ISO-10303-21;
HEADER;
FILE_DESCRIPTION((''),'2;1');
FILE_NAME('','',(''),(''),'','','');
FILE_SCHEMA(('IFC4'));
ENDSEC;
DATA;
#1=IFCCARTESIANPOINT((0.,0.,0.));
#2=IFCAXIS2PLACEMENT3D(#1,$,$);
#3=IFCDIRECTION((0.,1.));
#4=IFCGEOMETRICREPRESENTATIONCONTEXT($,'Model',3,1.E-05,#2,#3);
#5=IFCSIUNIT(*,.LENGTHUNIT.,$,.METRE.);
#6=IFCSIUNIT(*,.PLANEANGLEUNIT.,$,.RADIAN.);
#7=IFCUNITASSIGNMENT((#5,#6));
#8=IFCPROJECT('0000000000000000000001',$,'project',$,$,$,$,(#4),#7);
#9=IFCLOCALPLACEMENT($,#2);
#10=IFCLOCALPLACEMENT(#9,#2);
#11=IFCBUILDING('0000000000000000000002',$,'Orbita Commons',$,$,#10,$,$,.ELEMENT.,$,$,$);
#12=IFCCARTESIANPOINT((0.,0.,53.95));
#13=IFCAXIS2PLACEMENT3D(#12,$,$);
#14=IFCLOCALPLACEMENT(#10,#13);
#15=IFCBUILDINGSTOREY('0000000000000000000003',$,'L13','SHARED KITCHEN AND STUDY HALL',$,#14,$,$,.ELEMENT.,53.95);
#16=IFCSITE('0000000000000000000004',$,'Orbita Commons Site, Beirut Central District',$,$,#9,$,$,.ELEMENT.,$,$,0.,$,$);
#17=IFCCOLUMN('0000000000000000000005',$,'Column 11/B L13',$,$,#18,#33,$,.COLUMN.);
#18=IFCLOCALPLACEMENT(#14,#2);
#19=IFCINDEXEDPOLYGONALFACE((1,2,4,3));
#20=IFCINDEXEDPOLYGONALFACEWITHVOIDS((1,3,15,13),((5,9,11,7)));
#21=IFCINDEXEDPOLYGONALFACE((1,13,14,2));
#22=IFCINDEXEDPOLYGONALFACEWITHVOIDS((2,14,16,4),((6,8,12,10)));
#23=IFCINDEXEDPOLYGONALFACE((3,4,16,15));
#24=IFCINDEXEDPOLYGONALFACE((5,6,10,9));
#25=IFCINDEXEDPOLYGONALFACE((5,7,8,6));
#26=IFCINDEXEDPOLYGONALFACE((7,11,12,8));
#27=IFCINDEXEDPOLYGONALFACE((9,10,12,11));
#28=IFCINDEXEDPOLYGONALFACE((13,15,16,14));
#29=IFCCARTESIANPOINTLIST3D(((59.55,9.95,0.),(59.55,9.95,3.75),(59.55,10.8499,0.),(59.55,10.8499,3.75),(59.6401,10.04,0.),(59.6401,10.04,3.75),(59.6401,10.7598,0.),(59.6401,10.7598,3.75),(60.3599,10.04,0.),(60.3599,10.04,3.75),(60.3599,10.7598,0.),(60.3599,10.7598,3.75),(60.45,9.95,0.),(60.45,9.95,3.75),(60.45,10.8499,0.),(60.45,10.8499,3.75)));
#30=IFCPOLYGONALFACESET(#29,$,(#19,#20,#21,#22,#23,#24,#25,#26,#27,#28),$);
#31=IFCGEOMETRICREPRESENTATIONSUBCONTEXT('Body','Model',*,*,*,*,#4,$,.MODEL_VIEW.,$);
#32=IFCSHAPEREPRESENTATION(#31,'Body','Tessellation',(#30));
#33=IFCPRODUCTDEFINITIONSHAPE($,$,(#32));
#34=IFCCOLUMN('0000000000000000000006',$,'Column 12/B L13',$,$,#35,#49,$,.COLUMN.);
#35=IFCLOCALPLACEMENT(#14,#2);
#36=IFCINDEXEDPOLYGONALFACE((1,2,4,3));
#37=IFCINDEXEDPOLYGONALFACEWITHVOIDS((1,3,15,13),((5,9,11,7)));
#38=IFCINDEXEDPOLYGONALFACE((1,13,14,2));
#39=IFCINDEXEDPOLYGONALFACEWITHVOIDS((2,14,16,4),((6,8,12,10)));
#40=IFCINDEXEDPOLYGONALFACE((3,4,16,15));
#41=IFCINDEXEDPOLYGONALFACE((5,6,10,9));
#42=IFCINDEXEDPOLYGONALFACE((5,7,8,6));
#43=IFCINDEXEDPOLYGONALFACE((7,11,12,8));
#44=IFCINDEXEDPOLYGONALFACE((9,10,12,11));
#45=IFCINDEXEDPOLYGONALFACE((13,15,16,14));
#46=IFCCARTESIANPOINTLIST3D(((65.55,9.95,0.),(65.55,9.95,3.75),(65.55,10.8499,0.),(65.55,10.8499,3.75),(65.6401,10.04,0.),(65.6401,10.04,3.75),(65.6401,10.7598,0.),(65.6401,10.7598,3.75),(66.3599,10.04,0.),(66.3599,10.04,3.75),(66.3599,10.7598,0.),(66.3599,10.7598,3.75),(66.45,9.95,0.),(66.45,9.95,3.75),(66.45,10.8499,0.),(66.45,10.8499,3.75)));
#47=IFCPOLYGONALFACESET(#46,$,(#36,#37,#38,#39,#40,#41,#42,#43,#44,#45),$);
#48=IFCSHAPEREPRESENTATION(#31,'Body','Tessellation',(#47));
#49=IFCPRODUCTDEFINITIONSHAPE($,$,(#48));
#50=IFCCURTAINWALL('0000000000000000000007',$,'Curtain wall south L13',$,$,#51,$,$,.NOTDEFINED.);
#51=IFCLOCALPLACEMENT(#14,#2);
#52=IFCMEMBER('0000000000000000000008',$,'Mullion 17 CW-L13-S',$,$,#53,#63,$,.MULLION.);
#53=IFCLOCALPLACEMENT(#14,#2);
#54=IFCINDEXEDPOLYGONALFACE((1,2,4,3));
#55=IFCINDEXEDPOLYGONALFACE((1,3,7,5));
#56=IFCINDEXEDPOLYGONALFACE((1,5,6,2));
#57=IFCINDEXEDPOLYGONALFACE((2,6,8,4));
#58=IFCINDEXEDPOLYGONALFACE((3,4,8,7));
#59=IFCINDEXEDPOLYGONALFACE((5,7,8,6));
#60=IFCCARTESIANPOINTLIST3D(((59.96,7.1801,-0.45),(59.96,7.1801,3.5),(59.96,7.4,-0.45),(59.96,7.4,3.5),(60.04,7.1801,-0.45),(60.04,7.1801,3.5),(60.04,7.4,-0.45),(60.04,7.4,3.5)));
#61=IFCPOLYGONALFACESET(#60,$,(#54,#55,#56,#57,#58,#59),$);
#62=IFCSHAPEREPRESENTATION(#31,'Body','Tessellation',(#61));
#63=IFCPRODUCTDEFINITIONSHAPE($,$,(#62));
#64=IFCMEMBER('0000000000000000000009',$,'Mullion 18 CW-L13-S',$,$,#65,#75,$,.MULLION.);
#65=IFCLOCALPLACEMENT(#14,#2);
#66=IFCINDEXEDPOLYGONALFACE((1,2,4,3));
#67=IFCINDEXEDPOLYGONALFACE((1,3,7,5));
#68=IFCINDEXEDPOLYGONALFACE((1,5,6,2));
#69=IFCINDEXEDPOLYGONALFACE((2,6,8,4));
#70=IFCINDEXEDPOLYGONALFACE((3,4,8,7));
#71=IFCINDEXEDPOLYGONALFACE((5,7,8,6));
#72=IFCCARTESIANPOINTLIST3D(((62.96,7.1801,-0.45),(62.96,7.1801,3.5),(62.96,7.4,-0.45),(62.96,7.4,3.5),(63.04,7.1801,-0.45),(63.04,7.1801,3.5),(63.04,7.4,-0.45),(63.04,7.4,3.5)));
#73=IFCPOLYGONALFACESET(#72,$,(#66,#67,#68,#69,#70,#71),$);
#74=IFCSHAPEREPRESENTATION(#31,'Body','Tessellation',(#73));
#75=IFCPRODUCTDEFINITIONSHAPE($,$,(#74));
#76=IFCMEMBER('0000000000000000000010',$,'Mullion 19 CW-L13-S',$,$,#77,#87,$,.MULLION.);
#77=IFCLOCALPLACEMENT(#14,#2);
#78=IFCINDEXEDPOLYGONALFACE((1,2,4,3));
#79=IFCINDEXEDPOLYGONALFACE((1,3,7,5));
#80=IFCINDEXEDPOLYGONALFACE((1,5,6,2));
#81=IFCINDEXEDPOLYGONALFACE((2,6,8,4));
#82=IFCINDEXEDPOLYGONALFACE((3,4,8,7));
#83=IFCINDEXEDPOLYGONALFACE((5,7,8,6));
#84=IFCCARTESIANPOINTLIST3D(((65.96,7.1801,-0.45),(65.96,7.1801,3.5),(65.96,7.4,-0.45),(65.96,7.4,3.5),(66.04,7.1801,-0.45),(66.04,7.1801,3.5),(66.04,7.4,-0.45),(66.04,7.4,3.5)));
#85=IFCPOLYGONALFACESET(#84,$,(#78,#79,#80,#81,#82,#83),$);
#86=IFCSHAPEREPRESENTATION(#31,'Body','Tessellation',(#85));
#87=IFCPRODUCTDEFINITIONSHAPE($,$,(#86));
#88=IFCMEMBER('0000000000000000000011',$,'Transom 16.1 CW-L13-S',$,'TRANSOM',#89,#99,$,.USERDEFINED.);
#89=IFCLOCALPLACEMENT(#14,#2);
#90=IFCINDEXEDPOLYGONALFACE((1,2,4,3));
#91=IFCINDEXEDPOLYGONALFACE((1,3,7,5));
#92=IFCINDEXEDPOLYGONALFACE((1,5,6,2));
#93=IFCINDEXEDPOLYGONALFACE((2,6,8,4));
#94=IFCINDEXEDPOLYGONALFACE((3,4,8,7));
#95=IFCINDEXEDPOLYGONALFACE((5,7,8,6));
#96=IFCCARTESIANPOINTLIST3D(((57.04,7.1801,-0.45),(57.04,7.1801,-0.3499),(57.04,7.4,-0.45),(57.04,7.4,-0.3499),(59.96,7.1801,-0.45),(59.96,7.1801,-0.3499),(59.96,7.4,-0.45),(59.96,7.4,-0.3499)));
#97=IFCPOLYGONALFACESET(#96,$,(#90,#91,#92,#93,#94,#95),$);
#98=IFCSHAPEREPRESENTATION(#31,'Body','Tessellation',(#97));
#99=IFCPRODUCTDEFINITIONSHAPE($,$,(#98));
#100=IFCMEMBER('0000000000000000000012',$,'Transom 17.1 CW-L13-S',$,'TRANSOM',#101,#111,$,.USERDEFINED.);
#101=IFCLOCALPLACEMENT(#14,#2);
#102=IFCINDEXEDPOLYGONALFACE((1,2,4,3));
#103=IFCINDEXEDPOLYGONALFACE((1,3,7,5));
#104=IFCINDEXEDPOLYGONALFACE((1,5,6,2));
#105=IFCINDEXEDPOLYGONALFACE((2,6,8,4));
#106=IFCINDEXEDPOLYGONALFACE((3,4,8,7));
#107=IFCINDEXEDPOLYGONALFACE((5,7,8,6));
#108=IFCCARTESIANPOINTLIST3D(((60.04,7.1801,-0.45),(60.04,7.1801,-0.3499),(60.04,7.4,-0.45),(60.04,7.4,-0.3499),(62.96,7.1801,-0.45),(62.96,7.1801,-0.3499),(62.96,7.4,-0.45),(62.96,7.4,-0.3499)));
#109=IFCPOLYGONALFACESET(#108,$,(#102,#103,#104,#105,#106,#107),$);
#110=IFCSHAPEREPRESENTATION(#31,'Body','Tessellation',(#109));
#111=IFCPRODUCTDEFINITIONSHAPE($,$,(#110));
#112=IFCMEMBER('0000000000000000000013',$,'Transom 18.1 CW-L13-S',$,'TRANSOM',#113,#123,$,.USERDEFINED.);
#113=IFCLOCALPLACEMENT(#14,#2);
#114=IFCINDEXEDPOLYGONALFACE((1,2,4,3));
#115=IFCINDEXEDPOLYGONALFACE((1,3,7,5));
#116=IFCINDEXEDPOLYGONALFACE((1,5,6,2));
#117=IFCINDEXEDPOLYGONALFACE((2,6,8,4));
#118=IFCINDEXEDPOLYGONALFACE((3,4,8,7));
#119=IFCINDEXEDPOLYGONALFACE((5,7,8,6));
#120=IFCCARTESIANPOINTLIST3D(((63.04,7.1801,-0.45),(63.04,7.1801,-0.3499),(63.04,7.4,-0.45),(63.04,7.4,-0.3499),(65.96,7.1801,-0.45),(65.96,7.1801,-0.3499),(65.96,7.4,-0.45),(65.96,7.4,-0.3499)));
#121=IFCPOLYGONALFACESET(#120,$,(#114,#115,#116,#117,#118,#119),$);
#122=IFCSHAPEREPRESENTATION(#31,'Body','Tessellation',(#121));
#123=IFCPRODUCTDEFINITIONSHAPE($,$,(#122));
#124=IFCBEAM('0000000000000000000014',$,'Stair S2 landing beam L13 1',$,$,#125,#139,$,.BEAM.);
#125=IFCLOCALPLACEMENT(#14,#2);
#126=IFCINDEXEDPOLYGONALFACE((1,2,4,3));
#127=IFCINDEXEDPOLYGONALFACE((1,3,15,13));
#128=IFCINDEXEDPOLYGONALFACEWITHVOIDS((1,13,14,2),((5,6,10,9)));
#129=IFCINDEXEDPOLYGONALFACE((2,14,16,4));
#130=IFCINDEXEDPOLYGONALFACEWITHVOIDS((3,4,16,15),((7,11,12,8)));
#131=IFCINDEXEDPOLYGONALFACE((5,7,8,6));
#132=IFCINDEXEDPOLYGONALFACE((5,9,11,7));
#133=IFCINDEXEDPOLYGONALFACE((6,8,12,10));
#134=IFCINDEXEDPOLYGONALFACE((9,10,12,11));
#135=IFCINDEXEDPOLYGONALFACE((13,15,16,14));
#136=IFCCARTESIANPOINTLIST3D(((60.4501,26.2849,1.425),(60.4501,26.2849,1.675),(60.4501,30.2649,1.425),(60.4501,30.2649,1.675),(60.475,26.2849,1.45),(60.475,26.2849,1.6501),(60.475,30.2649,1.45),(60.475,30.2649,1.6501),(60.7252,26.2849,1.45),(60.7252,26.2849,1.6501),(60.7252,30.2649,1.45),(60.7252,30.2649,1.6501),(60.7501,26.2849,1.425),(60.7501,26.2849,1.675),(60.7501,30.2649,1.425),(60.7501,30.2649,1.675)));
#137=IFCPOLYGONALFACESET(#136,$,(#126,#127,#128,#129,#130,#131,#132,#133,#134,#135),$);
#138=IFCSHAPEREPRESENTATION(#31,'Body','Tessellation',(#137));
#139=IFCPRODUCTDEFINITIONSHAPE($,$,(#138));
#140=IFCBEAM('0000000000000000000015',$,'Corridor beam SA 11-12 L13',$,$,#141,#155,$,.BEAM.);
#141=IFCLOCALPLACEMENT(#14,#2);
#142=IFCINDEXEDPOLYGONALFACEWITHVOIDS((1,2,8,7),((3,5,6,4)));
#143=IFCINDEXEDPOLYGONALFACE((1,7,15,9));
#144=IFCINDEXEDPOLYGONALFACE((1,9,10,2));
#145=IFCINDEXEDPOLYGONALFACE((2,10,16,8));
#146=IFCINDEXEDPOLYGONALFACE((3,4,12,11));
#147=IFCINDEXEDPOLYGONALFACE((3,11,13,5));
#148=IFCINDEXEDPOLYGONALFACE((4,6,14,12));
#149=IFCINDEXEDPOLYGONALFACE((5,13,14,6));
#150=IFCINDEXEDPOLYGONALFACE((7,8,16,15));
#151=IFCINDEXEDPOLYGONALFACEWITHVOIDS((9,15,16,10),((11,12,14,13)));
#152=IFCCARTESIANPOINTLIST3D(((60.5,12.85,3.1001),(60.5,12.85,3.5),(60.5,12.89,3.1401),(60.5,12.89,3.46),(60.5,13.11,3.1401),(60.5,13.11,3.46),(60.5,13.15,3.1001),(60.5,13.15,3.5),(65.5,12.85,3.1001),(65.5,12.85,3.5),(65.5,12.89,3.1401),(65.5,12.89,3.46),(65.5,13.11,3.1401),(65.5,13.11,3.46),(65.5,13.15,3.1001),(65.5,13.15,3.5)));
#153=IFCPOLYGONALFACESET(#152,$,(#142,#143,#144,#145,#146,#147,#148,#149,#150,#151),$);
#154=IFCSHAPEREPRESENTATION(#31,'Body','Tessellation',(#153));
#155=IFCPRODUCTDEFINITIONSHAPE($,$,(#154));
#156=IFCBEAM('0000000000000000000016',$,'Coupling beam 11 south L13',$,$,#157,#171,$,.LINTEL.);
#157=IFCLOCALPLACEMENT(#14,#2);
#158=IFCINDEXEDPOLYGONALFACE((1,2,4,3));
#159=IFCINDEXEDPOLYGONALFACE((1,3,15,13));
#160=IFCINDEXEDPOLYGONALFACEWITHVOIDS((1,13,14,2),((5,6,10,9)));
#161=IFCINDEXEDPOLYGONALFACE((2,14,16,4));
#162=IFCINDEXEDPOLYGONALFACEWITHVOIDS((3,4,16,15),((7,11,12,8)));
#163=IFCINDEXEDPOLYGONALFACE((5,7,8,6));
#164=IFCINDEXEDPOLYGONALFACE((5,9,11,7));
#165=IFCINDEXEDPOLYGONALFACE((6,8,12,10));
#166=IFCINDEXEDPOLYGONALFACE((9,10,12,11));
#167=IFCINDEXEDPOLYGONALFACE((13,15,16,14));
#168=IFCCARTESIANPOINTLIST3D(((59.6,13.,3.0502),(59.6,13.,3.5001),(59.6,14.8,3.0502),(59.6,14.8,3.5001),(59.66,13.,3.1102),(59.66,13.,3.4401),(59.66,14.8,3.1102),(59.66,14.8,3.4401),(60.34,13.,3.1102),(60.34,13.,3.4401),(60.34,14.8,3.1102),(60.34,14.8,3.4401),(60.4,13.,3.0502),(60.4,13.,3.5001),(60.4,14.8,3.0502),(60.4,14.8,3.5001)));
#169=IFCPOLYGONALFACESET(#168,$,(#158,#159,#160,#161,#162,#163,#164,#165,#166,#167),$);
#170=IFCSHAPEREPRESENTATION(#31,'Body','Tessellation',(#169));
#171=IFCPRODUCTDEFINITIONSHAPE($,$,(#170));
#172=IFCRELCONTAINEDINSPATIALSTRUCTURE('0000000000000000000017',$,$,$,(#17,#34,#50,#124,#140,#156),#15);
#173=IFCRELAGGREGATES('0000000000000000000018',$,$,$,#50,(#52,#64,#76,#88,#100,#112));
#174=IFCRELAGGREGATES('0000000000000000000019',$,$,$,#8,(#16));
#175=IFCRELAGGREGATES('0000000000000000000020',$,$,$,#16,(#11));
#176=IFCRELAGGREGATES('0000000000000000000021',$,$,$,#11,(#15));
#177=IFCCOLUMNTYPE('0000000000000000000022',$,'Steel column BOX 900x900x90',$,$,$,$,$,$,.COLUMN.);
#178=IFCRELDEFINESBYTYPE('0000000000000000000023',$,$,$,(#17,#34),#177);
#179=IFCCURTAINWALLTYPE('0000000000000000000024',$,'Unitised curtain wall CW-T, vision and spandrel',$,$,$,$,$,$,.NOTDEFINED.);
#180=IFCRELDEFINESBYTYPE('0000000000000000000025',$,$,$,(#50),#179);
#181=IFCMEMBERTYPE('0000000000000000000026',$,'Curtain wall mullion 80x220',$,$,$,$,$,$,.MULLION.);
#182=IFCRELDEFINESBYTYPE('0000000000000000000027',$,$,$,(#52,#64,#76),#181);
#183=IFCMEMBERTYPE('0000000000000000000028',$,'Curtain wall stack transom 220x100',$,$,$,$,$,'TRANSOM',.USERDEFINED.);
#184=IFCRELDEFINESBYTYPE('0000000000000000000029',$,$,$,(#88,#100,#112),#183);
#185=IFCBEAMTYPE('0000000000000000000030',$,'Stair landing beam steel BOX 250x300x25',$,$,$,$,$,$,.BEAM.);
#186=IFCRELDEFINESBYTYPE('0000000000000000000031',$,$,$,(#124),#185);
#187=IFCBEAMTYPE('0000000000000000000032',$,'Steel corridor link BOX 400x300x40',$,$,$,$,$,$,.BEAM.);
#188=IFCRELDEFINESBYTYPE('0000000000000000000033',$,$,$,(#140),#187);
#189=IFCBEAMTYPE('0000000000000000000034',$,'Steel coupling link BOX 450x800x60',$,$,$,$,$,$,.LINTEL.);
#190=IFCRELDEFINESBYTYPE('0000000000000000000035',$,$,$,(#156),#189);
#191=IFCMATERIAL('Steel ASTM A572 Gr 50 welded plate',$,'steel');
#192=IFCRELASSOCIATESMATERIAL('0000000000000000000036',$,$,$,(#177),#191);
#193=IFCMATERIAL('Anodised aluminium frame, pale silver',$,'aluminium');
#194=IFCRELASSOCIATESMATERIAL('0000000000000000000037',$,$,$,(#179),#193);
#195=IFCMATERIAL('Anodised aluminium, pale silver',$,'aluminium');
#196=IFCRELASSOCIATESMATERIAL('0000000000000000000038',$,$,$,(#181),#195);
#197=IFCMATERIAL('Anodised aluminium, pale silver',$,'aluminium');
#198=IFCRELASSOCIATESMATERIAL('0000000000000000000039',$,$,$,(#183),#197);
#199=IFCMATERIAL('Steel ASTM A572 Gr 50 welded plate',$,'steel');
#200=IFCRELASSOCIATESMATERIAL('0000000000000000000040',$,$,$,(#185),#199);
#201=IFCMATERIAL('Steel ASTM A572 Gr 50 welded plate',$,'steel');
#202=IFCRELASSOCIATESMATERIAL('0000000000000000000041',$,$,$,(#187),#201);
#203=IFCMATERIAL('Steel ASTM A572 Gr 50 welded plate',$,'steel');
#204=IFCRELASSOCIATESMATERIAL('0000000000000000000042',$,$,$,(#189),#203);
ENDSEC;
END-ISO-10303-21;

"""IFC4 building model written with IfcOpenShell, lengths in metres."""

from ifc_helpers import new_model, si_unit, direction, frame, origin, origin_2d, place, context, subcontext, project, spatial, rectangle, hollow_rectangle, extrude, material, material_profile, profile_set, type_object, element, aggregate, save


model = new_model("IFC4")

# Units and contexts
model_context = context("Model", 3, precision=1e-05, world=origin(), true_north=direction((0.0, 1.0)))
body_context = subcontext(model_context, "Body", "Model", "MODEL_VIEW")
ifc_project = project(units=[si_unit("LENGTHUNIT", "METRE"), si_unit("PLANEANGLEUNIT", "RADIAN")], contexts=[model_context])

# Site, building, storey
site_placement = place(None, origin())
site = spatial("IfcSite", under=ifc_project, at=site_placement, Name="Orbita Commons Site, Beirut Central District", CompositionType="ELEMENT", RefElevation=0.0)
building_placement = place(site_placement, origin())
building = spatial("IfcBuilding", under=site, at=building_placement, Name="Orbita Commons", CompositionType="ELEMENT")
storey_placement = place(building_placement, frame((0.0, 0.0, 53.95)))
storey = spatial("IfcBuildingStorey", under=building, at=storey_placement, Name="L13", Description="SHARED KITCHEN AND STUDY HALL", CompositionType="ELEMENT", Elevation=53.95)

# Columns
ifc_material_1 = material(Name="Steel ASTM A572 Gr 50 welded plate", Category="steel")
ifc_material_profile_1 = material_profile(ifc_material_1, hollow_rectangle(XDim=0.8999, YDim=0.8999, WallThickness=0.0901, at=origin_2d()), Name="BOX 900x900x90")
ifc_profile_set_1 = profile_set([ifc_material_profile_1], Name="Steel ASTM A572 Gr 50 welded plate")
column_type = type_object("IfcColumnType", Name="Steel column BOX 900x900x90", PredefinedType="COLUMN", material=ifc_profile_set_1)
for number, where, z_axis, x_axis, name in (
    (1, (60.0, 10.3999, 0.0), (0.0, 0.0, 1.0), (1.0, 0.0, 0.0), "Column 11/B L13"),
    (2, (66.0, 10.3999, 0.0), (0.0, 0.0, 1.0), (1.0, 0.0, 0.0), "Column 12/B L13"),
):
    element("IfcColumn", number, at=place(storey_placement, frame(where, z_axis=z_axis, x_axis=x_axis)), inside=storey, type_object=column_type, Name=name, PredefinedType="COLUMN", context=body_context, shape_type="SweptSolid", body=[
        extrude(hollow_rectangle(XDim=0.8999, YDim=0.8999, WallThickness=0.0901, at=origin_2d()), origin(), (0.0, 0.0, 1.0), 3.75),
    ])

# Curtain wall, members
ifc_material_2 = material(Name="Anodised aluminium frame, pale silver", Category="aluminium")
curtain_wall_type = type_object("IfcCurtainWallType", Name="Unitised curtain wall CW-T, vision and spandrel", PredefinedType="NOTDEFINED", material=ifc_material_2)
curtain_wall_placement = place(storey_placement, origin())
curtain_wall = element("IfcCurtainWall", 3, at=curtain_wall_placement, inside=storey, type_object=curtain_wall_type, Name="Curtain wall south L13", PredefinedType="NOTDEFINED")
ifc_material_3 = material(Name="Anodised aluminium, pale silver", Category="aluminium")
ifc_material_profile_2 = material_profile(ifc_material_3, rectangle(XDim=0.0801, YDim=0.22, at=origin_2d()), Name="AL 80x220")
ifc_profile_set_2 = profile_set([ifc_material_profile_2], Name="Anodised aluminium, pale silver")
member_type_1 = type_object("IfcMemberType", Name="Curtain wall mullion 80x220", PredefinedType="MULLION", material=ifc_profile_set_2)
member_1_placement = place(storey_placement, frame((60.0, 7.29, -0.45), z_axis=(0.0, 0.0, 1.0), x_axis=(1.0, 0.0, 0.0)))
member_1 = element("IfcMember", 4, at=member_1_placement, type_object=member_type_1, Name="Mullion 17 CW-L13-S", PredefinedType="MULLION", context=body_context, shape_type="SweptSolid", body=[
    extrude(rectangle(XDim=0.0801, YDim=0.22, at=origin_2d()), origin(), (0.0, 0.0, 1.0), 3.95),
])
member_2_placement = place(storey_placement, frame((63.0, 7.29, -0.45), z_axis=(0.0, 0.0, 1.0), x_axis=(1.0, 0.0, 0.0)))
member_2 = element("IfcMember", 5, at=member_2_placement, type_object=member_type_1, Name="Mullion 18 CW-L13-S", PredefinedType="MULLION", context=body_context, shape_type="SweptSolid", body=[
    extrude(rectangle(XDim=0.0801, YDim=0.22, at=origin_2d()), origin(), (0.0, 0.0, 1.0), 3.95),
])
member_3_placement = place(storey_placement, frame((66.0, 7.29, -0.45), z_axis=(0.0, 0.0, 1.0), x_axis=(1.0, 0.0, 0.0)))
member_3 = element("IfcMember", 6, at=member_3_placement, type_object=member_type_1, Name="Mullion 19 CW-L13-S", PredefinedType="MULLION", context=body_context, shape_type="SweptSolid", body=[
    extrude(rectangle(XDim=0.0801, YDim=0.22, at=origin_2d()), origin(), (0.0, 0.0, 1.0), 3.95),
])
ifc_material_4 = material(Name="Anodised aluminium, pale silver", Category="aluminium")
ifc_material_profile_3 = material_profile(ifc_material_4, rectangle(XDim=0.22, YDim=0.1001, at=origin_2d()), Name="AL 220x100")
ifc_profile_set_3 = profile_set([ifc_material_profile_3], Name="Anodised aluminium, pale silver")
member_type_2 = type_object("IfcMemberType", Name="Curtain wall stack transom 220x100", ElementType="TRANSOM", PredefinedType="USERDEFINED", material=ifc_profile_set_3)
member_4_placement = place(storey_placement, frame((57.04, 7.29, -0.3999), z_axis=(1.0, 0.0, 0.0), x_axis=(0.0, 1.0, 0.0)))
member_4 = element("IfcMember", 7, at=member_4_placement, type_object=member_type_2, Name="Transom 16.1 CW-L13-S", ObjectType="TRANSOM", PredefinedType="USERDEFINED", context=body_context, shape_type="SweptSolid", body=[
    extrude(rectangle(XDim=0.22, YDim=0.1001, at=origin_2d()), origin(), (0.0, 0.0, 1.0), 2.9199),
])
member_5_placement = place(storey_placement, frame((60.04, 7.29, -0.3999), z_axis=(1.0, 0.0, 0.0), x_axis=(0.0, 1.0, 0.0)))
member_5 = element("IfcMember", 8, at=member_5_placement, type_object=member_type_2, Name="Transom 17.1 CW-L13-S", ObjectType="TRANSOM", PredefinedType="USERDEFINED", context=body_context, shape_type="SweptSolid", body=[
    extrude(rectangle(XDim=0.22, YDim=0.1001, at=origin_2d()), origin(), (0.0, 0.0, 1.0), 2.9199),
])
member_6_placement = place(storey_placement, frame((63.04, 7.29, -0.3999), z_axis=(1.0, 0.0, 0.0), x_axis=(0.0, 1.0, 0.0)))
member_6 = element("IfcMember", 9, at=member_6_placement, type_object=member_type_2, Name="Transom 18.1 CW-L13-S", ObjectType="TRANSOM", PredefinedType="USERDEFINED", context=body_context, shape_type="SweptSolid", body=[
    extrude(rectangle(XDim=0.22, YDim=0.1001, at=origin_2d()), origin(), (0.0, 0.0, 1.0), 2.9199),
])

# Beams
ifc_material_5 = material(Name="Steel ASTM A572 Gr 50 welded plate", Category="steel")
ifc_material_profile_4 = material_profile(ifc_material_5, hollow_rectangle(XDim=0.3, YDim=0.25, WallThickness=0.0249, at=origin_2d()), Name="BOX 250x300x25")
ifc_profile_set_4 = profile_set([ifc_material_profile_4], Name="Steel ASTM A572 Gr 50 welded plate")
beam_type_1 = type_object("IfcBeamType", Name="Stair landing beam steel BOX 250x300x25", PredefinedType="BEAM", material=ifc_profile_set_4)
beam_1_placement = place(storey_placement, frame((60.6001, 26.2849, 1.55), z_axis=(0.0, 1.0, 0.0), x_axis=(-1.0, 0.0, 0.0)))
element("IfcBeam", 10, at=beam_1_placement, inside=storey, type_object=beam_type_1, Name="Stair S2 landing beam L13 1", PredefinedType="BEAM", context=body_context, shape_type="SweptSolid", body=[
    extrude(hollow_rectangle(XDim=0.3, YDim=0.25, WallThickness=0.0249, at=origin_2d()), origin(), (0.0, 0.0, 1.0), 3.98),
])
ifc_material_6 = material(Name="Steel ASTM A572 Gr 50 welded plate", Category="steel")
ifc_material_profile_5 = material_profile(ifc_material_6, hollow_rectangle(XDim=0.3, YDim=0.3999, WallThickness=0.04, at=origin_2d()), Name="BOX 400x300x40")
ifc_profile_set_5 = profile_set([ifc_material_profile_5], Name="Steel ASTM A572 Gr 50 welded plate")
beam_type_2 = type_object("IfcBeamType", Name="Steel corridor link BOX 400x300x40", PredefinedType="BEAM", material=ifc_profile_set_5)
beam_2_placement = place(storey_placement, frame((60.5, 13.0, 3.3), z_axis=(1.0, 0.0, 0.0), x_axis=(0.0, 1.0, 0.0)))
element("IfcBeam", 11, at=beam_2_placement, inside=storey, type_object=beam_type_2, Name="Corridor beam SA 11-12 L13", PredefinedType="BEAM", context=body_context, shape_type="SweptSolid", body=[
    extrude(hollow_rectangle(XDim=0.3, YDim=0.3999, WallThickness=0.04, at=origin_2d()), origin(), (0.0, 0.0, 1.0), 5.0),
])
ifc_material_7 = material(Name="Steel ASTM A572 Gr 50 welded plate", Category="steel")
ifc_material_profile_6 = material_profile(ifc_material_7, hollow_rectangle(XDim=0.8, YDim=0.45, WallThickness=0.0601, at=origin_2d()), Name="BOX 450x800x60")
ifc_profile_set_6 = profile_set([ifc_material_profile_6], Name="Steel ASTM A572 Gr 50 welded plate")
beam_type_3 = type_object("IfcBeamType", Name="Steel coupling link BOX 450x800x60", PredefinedType="LINTEL", material=ifc_profile_set_6)
beam_3_placement = place(storey_placement, frame((60.0, 13.0, 3.2751), z_axis=(0.0, 1.0, 0.0), x_axis=(-1.0, 0.0, 0.0)))
element("IfcBeam", 12, at=beam_3_placement, inside=storey, type_object=beam_type_3, Name="Coupling beam 11 south L13", PredefinedType="LINTEL", context=body_context, shape_type="SweptSolid", body=[
    extrude(hollow_rectangle(XDim=0.8, YDim=0.45, WallThickness=0.0601, at=origin_2d()), origin(), (0.0, 0.0, 1.0), 1.8),
])

aggregate(curtain_wall, [member_1, member_2, member_3, member_4, member_5, member_6])

save(model, "model.ifc")
